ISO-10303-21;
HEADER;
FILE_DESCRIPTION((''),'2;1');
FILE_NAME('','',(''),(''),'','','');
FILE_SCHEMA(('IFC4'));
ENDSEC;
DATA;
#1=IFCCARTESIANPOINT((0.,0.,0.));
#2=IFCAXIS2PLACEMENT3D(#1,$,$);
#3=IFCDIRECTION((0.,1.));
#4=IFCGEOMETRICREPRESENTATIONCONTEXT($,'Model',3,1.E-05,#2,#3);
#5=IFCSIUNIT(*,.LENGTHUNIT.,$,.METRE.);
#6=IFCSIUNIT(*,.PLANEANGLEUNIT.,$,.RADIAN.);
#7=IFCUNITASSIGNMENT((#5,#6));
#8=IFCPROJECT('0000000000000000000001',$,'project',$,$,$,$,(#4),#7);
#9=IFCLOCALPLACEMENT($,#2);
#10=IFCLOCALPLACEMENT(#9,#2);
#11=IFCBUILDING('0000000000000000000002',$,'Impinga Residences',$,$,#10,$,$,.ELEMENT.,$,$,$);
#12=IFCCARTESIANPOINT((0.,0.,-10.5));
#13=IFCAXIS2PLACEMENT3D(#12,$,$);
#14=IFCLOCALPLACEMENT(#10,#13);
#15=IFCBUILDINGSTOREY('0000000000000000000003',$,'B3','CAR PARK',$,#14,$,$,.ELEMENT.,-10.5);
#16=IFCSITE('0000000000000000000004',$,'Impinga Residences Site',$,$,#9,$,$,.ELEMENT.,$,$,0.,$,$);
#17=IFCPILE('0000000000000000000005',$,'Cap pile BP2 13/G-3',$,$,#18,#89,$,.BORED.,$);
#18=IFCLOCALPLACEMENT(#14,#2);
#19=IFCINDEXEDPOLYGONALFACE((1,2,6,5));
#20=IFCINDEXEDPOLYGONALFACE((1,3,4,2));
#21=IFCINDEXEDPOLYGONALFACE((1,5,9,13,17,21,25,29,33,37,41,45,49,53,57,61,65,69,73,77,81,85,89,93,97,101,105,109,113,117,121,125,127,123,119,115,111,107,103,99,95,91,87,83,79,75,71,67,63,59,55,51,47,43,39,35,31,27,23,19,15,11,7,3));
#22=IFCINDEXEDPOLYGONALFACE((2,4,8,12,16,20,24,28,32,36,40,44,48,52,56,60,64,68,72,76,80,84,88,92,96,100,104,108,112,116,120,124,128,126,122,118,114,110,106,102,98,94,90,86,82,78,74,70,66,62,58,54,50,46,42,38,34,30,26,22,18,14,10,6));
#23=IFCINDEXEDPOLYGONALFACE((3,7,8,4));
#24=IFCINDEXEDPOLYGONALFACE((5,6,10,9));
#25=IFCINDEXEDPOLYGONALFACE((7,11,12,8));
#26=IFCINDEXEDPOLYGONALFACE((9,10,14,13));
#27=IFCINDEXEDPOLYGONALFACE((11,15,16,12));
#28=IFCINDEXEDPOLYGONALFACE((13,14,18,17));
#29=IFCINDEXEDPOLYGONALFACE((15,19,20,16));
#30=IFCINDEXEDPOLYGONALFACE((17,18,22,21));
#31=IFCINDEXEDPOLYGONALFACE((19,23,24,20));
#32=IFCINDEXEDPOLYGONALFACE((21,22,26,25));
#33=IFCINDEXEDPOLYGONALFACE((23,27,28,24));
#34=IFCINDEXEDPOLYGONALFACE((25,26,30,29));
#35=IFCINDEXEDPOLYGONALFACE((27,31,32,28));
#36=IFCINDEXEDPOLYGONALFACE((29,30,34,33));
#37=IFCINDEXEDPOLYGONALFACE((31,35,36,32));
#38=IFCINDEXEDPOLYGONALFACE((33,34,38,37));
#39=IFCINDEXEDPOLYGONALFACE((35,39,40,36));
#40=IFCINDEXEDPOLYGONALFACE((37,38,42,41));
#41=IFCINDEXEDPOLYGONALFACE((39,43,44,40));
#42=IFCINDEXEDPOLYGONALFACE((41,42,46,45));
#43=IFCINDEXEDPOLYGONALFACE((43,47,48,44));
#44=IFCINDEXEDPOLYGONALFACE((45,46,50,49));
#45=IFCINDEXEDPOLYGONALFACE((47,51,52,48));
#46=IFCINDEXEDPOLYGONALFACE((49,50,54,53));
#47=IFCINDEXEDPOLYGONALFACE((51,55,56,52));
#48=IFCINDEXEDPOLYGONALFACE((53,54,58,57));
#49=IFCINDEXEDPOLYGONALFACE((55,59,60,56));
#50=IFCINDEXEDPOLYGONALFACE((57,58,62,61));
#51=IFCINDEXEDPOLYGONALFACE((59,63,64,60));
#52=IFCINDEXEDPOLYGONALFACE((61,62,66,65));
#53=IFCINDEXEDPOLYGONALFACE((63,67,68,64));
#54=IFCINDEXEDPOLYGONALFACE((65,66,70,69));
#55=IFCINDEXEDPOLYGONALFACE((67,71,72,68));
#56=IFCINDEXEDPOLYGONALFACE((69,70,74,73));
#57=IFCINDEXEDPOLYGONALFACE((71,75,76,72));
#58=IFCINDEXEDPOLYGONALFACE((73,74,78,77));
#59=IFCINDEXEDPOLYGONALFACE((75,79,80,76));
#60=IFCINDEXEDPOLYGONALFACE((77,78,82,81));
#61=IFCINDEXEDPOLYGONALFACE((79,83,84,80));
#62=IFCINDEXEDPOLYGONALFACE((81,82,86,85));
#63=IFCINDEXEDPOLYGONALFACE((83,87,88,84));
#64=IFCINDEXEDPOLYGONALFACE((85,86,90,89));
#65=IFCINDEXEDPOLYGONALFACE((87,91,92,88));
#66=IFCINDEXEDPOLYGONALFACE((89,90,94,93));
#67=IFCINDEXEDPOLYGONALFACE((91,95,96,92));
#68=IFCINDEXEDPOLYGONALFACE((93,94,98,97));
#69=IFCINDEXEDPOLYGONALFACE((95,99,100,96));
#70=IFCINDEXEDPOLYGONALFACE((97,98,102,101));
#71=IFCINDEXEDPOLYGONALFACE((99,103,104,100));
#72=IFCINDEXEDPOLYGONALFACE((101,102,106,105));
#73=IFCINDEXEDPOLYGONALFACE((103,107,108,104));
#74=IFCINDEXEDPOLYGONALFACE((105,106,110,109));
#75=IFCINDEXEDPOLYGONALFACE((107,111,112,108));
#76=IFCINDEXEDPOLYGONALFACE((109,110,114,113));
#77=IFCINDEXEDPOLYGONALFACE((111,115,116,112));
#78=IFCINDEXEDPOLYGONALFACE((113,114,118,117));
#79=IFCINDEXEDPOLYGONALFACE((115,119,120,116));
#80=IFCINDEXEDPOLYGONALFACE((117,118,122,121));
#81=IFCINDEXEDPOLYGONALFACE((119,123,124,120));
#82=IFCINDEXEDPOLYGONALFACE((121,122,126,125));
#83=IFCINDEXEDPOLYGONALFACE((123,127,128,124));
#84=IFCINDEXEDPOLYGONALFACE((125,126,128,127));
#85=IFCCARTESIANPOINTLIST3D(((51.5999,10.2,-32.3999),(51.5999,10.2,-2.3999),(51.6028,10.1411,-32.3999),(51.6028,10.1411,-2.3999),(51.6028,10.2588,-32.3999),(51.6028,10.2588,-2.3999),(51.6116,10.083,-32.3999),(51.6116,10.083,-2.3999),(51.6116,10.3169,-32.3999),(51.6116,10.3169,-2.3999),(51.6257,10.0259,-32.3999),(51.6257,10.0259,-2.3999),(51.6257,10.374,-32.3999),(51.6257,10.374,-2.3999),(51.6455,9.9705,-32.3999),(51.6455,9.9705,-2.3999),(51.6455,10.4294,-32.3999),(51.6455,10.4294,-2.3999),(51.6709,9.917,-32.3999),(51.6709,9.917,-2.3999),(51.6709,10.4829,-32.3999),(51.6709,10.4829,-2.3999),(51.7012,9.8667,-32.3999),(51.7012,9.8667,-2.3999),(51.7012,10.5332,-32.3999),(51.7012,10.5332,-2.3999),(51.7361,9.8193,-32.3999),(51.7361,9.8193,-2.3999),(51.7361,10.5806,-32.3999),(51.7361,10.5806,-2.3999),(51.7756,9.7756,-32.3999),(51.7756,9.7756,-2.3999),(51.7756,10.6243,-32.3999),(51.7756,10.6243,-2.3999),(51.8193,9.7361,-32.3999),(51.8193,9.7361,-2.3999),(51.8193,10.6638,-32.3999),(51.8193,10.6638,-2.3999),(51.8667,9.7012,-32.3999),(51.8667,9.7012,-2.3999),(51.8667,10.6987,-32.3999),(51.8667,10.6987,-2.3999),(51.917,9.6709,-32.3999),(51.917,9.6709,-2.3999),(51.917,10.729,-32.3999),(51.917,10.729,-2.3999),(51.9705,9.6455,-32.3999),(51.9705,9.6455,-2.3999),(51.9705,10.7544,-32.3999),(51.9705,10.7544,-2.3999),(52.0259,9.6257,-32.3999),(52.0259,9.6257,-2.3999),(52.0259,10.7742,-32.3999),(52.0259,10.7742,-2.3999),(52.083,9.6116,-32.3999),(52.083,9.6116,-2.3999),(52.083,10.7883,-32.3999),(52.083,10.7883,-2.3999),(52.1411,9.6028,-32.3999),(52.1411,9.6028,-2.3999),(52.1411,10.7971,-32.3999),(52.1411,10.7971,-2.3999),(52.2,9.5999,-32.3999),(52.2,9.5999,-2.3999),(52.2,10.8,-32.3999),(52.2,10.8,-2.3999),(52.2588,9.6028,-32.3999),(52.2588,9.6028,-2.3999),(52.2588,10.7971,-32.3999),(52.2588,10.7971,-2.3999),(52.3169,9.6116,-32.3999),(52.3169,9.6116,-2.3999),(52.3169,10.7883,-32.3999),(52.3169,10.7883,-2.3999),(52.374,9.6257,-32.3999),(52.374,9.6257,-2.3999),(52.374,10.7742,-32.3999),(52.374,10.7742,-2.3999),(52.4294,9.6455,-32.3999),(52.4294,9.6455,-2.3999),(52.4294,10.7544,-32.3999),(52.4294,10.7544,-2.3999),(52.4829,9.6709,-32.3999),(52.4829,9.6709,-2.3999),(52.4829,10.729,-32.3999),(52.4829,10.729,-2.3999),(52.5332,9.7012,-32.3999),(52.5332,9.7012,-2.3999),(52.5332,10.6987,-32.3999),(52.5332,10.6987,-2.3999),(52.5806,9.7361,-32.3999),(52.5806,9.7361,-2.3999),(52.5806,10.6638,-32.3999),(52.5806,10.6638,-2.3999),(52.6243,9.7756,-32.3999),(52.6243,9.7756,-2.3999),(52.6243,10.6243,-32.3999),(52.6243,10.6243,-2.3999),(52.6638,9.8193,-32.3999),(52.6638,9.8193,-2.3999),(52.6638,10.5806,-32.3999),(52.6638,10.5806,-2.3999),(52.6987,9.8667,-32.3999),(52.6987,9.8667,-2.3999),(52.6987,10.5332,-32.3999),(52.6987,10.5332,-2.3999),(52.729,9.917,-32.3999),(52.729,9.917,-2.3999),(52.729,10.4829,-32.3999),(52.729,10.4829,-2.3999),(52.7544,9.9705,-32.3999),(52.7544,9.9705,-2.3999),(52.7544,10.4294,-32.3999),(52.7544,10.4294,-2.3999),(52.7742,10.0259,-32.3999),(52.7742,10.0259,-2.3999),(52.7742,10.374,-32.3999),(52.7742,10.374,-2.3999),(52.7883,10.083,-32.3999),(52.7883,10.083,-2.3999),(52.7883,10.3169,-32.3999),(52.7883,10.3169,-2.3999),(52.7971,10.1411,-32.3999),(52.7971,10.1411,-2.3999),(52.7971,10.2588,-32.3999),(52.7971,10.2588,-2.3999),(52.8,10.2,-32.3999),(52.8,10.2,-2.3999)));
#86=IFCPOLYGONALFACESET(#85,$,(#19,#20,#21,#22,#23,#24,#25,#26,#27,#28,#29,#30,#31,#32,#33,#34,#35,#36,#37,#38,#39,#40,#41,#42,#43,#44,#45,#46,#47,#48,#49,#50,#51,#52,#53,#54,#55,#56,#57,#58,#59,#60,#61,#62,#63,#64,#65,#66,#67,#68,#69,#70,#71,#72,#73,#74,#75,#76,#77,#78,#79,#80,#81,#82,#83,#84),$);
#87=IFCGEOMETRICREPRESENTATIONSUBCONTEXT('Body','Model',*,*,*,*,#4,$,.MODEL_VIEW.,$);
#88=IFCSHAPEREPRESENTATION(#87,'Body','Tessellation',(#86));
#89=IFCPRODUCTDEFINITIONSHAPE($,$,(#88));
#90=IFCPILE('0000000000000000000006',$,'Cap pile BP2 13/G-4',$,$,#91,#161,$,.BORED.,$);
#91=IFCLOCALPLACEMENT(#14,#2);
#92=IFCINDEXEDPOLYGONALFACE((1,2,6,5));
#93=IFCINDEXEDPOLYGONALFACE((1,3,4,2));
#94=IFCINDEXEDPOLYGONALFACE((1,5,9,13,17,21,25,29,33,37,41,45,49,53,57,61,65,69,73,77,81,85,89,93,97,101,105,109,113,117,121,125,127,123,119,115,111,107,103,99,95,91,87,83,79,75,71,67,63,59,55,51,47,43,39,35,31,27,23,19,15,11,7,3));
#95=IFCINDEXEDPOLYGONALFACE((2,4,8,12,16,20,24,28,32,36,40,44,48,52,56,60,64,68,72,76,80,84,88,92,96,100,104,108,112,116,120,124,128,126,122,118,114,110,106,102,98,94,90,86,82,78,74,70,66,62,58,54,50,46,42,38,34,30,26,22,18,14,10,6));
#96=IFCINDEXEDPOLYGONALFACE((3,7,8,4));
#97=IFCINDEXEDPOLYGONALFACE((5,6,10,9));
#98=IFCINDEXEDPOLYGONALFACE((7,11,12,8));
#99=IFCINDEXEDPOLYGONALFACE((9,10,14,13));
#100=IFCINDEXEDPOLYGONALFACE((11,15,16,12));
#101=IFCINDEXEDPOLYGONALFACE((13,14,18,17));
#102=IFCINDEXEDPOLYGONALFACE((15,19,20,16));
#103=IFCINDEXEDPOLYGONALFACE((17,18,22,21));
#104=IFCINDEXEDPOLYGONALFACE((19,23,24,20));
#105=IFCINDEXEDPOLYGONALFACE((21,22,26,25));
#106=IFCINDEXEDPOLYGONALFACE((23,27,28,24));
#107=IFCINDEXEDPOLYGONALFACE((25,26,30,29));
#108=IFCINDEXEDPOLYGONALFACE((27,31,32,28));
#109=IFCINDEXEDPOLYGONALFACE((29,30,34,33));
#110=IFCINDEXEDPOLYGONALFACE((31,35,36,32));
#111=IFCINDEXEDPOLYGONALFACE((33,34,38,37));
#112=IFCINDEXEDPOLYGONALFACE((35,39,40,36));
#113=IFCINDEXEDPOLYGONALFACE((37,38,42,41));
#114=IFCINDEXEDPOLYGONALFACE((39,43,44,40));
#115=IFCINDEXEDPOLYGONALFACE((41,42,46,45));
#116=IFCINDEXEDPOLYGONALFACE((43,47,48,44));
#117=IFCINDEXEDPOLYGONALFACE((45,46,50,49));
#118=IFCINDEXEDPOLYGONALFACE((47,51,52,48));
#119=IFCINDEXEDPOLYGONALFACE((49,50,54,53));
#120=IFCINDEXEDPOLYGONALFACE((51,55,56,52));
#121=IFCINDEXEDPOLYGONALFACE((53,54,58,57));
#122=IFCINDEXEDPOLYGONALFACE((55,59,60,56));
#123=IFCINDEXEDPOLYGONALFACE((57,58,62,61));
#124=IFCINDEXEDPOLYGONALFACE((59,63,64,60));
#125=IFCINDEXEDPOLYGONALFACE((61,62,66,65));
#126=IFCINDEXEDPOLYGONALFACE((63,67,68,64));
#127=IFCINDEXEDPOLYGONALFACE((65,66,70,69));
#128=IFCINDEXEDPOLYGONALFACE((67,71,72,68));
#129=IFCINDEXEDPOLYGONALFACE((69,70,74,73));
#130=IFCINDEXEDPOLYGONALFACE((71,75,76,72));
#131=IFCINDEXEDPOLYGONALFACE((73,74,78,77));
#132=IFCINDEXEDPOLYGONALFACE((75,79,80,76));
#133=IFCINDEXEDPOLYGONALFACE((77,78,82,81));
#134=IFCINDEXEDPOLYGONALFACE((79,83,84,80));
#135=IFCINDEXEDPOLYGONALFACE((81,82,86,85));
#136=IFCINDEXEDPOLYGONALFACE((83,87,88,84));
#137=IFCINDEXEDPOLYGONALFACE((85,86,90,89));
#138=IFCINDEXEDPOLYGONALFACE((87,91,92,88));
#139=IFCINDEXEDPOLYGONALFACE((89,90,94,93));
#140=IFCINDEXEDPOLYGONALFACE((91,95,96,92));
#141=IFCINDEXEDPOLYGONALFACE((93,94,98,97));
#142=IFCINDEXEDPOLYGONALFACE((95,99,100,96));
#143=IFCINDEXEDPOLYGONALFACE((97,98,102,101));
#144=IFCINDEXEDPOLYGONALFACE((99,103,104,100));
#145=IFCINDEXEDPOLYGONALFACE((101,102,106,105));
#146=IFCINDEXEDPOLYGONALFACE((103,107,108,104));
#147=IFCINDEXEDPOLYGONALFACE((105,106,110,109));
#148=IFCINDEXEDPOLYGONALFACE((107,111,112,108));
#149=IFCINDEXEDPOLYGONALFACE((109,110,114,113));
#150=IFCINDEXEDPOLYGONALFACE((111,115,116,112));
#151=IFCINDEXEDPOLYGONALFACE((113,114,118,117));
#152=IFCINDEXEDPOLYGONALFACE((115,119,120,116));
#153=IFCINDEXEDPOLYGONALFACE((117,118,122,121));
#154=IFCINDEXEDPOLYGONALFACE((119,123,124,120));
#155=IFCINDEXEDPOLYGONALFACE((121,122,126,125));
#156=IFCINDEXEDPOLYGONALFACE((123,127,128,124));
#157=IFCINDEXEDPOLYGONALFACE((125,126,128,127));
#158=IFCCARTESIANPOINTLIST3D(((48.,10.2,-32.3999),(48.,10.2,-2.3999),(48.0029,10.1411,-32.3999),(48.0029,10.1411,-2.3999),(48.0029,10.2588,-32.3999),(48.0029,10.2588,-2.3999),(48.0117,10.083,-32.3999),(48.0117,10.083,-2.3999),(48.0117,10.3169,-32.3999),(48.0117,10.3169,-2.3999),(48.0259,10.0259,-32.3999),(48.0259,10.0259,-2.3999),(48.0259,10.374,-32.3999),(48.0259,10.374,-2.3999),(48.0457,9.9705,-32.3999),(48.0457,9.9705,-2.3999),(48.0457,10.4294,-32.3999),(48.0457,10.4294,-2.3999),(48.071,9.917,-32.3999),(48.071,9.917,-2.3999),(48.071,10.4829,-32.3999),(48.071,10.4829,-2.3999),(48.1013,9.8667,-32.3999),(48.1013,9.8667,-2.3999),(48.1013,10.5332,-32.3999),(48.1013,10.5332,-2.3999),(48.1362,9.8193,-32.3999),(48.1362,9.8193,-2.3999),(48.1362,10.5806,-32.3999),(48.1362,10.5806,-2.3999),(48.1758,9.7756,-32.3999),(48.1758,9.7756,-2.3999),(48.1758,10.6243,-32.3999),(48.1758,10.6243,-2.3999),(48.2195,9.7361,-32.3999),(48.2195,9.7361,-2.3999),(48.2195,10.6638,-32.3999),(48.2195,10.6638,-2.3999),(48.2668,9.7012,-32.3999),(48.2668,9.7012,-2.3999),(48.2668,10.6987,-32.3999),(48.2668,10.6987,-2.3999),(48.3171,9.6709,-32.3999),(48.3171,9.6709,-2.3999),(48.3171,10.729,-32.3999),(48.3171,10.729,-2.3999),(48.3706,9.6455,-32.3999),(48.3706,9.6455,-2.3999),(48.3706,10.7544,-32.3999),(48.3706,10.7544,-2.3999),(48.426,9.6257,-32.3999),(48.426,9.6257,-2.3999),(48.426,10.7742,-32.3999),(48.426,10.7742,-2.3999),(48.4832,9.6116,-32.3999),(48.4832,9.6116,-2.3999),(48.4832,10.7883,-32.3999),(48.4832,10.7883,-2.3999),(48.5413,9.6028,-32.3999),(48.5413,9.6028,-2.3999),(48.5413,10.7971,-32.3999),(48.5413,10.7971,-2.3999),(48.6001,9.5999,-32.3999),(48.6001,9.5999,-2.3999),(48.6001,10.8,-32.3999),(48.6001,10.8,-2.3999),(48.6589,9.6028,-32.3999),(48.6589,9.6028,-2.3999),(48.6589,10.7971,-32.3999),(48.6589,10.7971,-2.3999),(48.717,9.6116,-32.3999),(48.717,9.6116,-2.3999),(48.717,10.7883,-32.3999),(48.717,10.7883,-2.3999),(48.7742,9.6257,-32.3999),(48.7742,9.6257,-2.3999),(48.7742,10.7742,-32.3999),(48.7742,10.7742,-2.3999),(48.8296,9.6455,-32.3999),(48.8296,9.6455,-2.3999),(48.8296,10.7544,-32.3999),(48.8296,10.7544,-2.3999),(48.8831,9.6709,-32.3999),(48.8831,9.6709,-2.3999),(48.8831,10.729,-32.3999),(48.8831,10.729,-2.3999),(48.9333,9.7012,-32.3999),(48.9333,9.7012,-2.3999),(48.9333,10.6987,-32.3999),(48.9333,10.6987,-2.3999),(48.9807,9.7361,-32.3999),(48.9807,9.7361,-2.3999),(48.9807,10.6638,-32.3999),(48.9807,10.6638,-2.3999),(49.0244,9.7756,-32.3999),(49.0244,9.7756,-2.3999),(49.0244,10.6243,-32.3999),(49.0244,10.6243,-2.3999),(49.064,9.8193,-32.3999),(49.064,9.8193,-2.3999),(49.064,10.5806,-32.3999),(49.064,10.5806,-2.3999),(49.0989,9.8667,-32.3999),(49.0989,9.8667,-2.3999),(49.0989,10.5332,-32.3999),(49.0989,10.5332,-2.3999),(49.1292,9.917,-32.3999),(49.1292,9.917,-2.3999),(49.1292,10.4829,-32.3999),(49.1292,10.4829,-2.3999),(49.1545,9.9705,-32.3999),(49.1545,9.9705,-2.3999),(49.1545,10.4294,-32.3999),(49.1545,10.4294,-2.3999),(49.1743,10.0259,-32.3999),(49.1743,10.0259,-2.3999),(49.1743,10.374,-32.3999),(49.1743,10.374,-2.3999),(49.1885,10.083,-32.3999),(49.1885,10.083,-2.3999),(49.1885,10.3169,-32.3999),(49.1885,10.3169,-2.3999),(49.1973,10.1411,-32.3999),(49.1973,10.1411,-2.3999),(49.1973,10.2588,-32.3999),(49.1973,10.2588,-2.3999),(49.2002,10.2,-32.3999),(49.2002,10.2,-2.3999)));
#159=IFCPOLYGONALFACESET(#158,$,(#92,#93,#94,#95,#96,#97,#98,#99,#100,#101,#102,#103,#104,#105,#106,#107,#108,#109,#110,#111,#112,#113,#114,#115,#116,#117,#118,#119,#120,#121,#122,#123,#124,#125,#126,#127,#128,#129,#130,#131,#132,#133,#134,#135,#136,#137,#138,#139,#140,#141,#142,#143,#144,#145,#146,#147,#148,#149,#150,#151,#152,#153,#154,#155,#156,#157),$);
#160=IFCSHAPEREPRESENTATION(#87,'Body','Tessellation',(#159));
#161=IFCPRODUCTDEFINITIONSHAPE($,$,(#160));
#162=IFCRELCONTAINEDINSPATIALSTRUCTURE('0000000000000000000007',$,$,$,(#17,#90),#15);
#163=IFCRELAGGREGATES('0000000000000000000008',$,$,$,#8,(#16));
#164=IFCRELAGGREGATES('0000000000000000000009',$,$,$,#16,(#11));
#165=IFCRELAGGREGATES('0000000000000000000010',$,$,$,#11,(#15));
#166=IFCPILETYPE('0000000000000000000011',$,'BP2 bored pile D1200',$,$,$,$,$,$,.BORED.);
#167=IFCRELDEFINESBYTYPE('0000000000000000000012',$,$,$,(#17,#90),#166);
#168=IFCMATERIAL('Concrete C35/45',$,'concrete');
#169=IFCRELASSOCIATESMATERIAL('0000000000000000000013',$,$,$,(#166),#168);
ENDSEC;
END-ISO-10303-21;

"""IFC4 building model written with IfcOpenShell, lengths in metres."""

from ifc_helpers import new_model, si_unit, direction, frame, origin, origin_2d, place, context, subcontext, project, spatial, polyline, circle, outline, extrude, material, material_profile, profile_set, type_object, element, save


model = new_model("IFC4")

# Units and contexts
model_context = context("Model", 3, precision=1e-05, world=origin(), true_north=direction((0.0, 1.0)))
body_context = subcontext(model_context, "Body", "Model", "MODEL_VIEW")
ifc_project = project(units=[si_unit("LENGTHUNIT", "METRE"), si_unit("PLANEANGLEUNIT", "RADIAN")], contexts=[model_context])

# Site, building, storey
site_placement = place(None, origin())
site = spatial("IfcSite", under=ifc_project, at=site_placement, Name="Impinga Residences Site", CompositionType="ELEMENT", RefElevation=0.0)
building_placement = place(site_placement, origin())
building = spatial("IfcBuilding", under=site, at=building_placement, Name="Impinga Residences", CompositionType="ELEMENT")
storey_placement = place(building_placement, frame((0.0, 0.0, -10.5)))
storey = spatial("IfcBuildingStorey", under=building, at=storey_placement, Name="B3", Description="CAR PARK", CompositionType="ELEMENT", Elevation=-10.5)

# Piles
ifc_material_1 = material(Name="Concrete C35/45", Category="concrete")
ifc_material_profile_1 = material_profile(ifc_material_1, circle(Radius=0.6001, at=origin_2d()), Name="D1200")
ifc_profile_set_1 = profile_set([ifc_material_profile_1], Name="Concrete C35/45")
pile_type = type_object("IfcPileType", Name="BP2 bored pile D1200", PredefinedType="BORED", material=ifc_profile_set_1)
pile_1_placement = place(storey_placement, frame((52.2, 10.2, -2.3999), z_axis=(0.0, 0.0, -1.0), x_axis=(1.0, 0.0, 0.0)))
element("IfcPile", 1, at=pile_1_placement, inside=storey, type_object=pile_type, Name="Cap pile BP2 13/G-3", PredefinedType="BORED", context=body_context, shape_type="SweptSolid", body=[
    extrude(outline(polyline([(0.6001, 0.0), (0.5972, 0.0588), (0.5884, 0.1169), (0.5742, 0.1741), (0.5544, 0.2295), (0.5291, 0.283), (0.4988, 0.3333), (0.4639, 0.3806), (0.4243, 0.4243), (0.3806, 0.4639), (0.3333, 0.4988), (0.283, 0.5291), (0.2295, 0.5544), (0.1741, 0.5742), (0.1169, 0.5884), (0.0588, 0.5972), (0.0, 0.6001), (-0.0588, 0.5972), (-0.1169, 0.5884), (-0.1741, 0.5742), (-0.2295, 0.5544), (-0.283, 0.5291), (-0.3333, 0.4988), (-0.3806, 0.4639), (-0.4243, 0.4243), (-0.4639, 0.3806), (-0.4988, 0.3333), (-0.5291, 0.283), (-0.5544, 0.2295), (-0.5742, 0.1741), (-0.5884, 0.1169), (-0.5972, 0.0588), (-0.6001, 0.0), (-0.5972, -0.0588), (-0.5884, -0.1169), (-0.5742, -0.1741), (-0.5544, -0.2295), (-0.5291, -0.283), (-0.4988, -0.3333), (-0.4639, -0.3806), (-0.4243, -0.4243), (-0.3806, -0.4639), (-0.3333, -0.4988), (-0.283, -0.5291), (-0.2295, -0.5544), (-0.1741, -0.5742), (-0.1169, -0.5884), (-0.0588, -0.5972), (0.0, -0.6001), (0.0588, -0.5972), (0.1169, -0.5884), (0.1741, -0.5742), (0.2295, -0.5544), (0.283, -0.5291), (0.3333, -0.4988), (0.3806, -0.4639), (0.4243, -0.4243), (0.4639, -0.3806), (0.4988, -0.3333), (0.5291, -0.283), (0.5544, -0.2295), (0.5742, -0.1741), (0.5884, -0.1169), (0.5972, -0.0588), (0.6001, 0.0)])), origin(), (0.0, 0.0, 1.0), 30.0),
])
pile_2_placement = place(storey_placement, frame((48.6001, 10.2, -2.3999), z_axis=(0.0, 0.0, -1.0), x_axis=(1.0, 0.0, 0.0)))
element("IfcPile", 2, at=pile_2_placement, inside=storey, type_object=pile_type, Name="Cap pile BP2 13/G-4", PredefinedType="BORED", context=body_context, shape_type="SweptSolid", body=[
    extrude(outline(polyline([(0.6001, 0.0), (0.5972, 0.0588), (0.5884, 0.1169), (0.5742, 0.1741), (0.5544, 0.2295), (0.5291, 0.283), (0.4988, 0.3333), (0.4639, 0.3806), (0.4243, 0.4243), (0.3806, 0.4639), (0.3333, 0.4988), (0.283, 0.5291), (0.2295, 0.5544), (0.1741, 0.5742), (0.1169, 0.5884), (0.0588, 0.5972), (0.0, 0.6001), (-0.0588, 0.5972), (-0.1169, 0.5884), (-0.1741, 0.5742), (-0.2295, 0.5544), (-0.283, 0.5291), (-0.3333, 0.4988), (-0.3806, 0.4639), (-0.4243, 0.4243), (-0.4639, 0.3806), (-0.4988, 0.3333), (-0.5291, 0.283), (-0.5544, 0.2295), (-0.5742, 0.1741), (-0.5884, 0.1169), (-0.5972, 0.0588), (-0.6001, 0.0), (-0.5972, -0.0588), (-0.5884, -0.1169), (-0.5742, -0.1741), (-0.5544, -0.2295), (-0.5291, -0.283), (-0.4988, -0.3333), (-0.4639, -0.3806), (-0.4243, -0.4243), (-0.3806, -0.4639), (-0.3333, -0.4988), (-0.283, -0.5291), (-0.2295, -0.5544), (-0.1741, -0.5742), (-0.1169, -0.5884), (-0.0588, -0.5972), (0.0, -0.6001), (0.0588, -0.5972), (0.1169, -0.5884), (0.1741, -0.5742), (0.2295, -0.5544), (0.283, -0.5291), (0.3333, -0.4988), (0.3806, -0.4639), (0.4243, -0.4243), (0.4639, -0.3806), (0.4988, -0.3333), (0.5291, -0.283), (0.5544, -0.2295), (0.5742, -0.1741), (0.5884, -0.1169), (0.5972, -0.0588), (0.6001, 0.0)])), origin(), (0.0, 0.0, 1.0), 30.0),
])

save(model, "model.ifc")
